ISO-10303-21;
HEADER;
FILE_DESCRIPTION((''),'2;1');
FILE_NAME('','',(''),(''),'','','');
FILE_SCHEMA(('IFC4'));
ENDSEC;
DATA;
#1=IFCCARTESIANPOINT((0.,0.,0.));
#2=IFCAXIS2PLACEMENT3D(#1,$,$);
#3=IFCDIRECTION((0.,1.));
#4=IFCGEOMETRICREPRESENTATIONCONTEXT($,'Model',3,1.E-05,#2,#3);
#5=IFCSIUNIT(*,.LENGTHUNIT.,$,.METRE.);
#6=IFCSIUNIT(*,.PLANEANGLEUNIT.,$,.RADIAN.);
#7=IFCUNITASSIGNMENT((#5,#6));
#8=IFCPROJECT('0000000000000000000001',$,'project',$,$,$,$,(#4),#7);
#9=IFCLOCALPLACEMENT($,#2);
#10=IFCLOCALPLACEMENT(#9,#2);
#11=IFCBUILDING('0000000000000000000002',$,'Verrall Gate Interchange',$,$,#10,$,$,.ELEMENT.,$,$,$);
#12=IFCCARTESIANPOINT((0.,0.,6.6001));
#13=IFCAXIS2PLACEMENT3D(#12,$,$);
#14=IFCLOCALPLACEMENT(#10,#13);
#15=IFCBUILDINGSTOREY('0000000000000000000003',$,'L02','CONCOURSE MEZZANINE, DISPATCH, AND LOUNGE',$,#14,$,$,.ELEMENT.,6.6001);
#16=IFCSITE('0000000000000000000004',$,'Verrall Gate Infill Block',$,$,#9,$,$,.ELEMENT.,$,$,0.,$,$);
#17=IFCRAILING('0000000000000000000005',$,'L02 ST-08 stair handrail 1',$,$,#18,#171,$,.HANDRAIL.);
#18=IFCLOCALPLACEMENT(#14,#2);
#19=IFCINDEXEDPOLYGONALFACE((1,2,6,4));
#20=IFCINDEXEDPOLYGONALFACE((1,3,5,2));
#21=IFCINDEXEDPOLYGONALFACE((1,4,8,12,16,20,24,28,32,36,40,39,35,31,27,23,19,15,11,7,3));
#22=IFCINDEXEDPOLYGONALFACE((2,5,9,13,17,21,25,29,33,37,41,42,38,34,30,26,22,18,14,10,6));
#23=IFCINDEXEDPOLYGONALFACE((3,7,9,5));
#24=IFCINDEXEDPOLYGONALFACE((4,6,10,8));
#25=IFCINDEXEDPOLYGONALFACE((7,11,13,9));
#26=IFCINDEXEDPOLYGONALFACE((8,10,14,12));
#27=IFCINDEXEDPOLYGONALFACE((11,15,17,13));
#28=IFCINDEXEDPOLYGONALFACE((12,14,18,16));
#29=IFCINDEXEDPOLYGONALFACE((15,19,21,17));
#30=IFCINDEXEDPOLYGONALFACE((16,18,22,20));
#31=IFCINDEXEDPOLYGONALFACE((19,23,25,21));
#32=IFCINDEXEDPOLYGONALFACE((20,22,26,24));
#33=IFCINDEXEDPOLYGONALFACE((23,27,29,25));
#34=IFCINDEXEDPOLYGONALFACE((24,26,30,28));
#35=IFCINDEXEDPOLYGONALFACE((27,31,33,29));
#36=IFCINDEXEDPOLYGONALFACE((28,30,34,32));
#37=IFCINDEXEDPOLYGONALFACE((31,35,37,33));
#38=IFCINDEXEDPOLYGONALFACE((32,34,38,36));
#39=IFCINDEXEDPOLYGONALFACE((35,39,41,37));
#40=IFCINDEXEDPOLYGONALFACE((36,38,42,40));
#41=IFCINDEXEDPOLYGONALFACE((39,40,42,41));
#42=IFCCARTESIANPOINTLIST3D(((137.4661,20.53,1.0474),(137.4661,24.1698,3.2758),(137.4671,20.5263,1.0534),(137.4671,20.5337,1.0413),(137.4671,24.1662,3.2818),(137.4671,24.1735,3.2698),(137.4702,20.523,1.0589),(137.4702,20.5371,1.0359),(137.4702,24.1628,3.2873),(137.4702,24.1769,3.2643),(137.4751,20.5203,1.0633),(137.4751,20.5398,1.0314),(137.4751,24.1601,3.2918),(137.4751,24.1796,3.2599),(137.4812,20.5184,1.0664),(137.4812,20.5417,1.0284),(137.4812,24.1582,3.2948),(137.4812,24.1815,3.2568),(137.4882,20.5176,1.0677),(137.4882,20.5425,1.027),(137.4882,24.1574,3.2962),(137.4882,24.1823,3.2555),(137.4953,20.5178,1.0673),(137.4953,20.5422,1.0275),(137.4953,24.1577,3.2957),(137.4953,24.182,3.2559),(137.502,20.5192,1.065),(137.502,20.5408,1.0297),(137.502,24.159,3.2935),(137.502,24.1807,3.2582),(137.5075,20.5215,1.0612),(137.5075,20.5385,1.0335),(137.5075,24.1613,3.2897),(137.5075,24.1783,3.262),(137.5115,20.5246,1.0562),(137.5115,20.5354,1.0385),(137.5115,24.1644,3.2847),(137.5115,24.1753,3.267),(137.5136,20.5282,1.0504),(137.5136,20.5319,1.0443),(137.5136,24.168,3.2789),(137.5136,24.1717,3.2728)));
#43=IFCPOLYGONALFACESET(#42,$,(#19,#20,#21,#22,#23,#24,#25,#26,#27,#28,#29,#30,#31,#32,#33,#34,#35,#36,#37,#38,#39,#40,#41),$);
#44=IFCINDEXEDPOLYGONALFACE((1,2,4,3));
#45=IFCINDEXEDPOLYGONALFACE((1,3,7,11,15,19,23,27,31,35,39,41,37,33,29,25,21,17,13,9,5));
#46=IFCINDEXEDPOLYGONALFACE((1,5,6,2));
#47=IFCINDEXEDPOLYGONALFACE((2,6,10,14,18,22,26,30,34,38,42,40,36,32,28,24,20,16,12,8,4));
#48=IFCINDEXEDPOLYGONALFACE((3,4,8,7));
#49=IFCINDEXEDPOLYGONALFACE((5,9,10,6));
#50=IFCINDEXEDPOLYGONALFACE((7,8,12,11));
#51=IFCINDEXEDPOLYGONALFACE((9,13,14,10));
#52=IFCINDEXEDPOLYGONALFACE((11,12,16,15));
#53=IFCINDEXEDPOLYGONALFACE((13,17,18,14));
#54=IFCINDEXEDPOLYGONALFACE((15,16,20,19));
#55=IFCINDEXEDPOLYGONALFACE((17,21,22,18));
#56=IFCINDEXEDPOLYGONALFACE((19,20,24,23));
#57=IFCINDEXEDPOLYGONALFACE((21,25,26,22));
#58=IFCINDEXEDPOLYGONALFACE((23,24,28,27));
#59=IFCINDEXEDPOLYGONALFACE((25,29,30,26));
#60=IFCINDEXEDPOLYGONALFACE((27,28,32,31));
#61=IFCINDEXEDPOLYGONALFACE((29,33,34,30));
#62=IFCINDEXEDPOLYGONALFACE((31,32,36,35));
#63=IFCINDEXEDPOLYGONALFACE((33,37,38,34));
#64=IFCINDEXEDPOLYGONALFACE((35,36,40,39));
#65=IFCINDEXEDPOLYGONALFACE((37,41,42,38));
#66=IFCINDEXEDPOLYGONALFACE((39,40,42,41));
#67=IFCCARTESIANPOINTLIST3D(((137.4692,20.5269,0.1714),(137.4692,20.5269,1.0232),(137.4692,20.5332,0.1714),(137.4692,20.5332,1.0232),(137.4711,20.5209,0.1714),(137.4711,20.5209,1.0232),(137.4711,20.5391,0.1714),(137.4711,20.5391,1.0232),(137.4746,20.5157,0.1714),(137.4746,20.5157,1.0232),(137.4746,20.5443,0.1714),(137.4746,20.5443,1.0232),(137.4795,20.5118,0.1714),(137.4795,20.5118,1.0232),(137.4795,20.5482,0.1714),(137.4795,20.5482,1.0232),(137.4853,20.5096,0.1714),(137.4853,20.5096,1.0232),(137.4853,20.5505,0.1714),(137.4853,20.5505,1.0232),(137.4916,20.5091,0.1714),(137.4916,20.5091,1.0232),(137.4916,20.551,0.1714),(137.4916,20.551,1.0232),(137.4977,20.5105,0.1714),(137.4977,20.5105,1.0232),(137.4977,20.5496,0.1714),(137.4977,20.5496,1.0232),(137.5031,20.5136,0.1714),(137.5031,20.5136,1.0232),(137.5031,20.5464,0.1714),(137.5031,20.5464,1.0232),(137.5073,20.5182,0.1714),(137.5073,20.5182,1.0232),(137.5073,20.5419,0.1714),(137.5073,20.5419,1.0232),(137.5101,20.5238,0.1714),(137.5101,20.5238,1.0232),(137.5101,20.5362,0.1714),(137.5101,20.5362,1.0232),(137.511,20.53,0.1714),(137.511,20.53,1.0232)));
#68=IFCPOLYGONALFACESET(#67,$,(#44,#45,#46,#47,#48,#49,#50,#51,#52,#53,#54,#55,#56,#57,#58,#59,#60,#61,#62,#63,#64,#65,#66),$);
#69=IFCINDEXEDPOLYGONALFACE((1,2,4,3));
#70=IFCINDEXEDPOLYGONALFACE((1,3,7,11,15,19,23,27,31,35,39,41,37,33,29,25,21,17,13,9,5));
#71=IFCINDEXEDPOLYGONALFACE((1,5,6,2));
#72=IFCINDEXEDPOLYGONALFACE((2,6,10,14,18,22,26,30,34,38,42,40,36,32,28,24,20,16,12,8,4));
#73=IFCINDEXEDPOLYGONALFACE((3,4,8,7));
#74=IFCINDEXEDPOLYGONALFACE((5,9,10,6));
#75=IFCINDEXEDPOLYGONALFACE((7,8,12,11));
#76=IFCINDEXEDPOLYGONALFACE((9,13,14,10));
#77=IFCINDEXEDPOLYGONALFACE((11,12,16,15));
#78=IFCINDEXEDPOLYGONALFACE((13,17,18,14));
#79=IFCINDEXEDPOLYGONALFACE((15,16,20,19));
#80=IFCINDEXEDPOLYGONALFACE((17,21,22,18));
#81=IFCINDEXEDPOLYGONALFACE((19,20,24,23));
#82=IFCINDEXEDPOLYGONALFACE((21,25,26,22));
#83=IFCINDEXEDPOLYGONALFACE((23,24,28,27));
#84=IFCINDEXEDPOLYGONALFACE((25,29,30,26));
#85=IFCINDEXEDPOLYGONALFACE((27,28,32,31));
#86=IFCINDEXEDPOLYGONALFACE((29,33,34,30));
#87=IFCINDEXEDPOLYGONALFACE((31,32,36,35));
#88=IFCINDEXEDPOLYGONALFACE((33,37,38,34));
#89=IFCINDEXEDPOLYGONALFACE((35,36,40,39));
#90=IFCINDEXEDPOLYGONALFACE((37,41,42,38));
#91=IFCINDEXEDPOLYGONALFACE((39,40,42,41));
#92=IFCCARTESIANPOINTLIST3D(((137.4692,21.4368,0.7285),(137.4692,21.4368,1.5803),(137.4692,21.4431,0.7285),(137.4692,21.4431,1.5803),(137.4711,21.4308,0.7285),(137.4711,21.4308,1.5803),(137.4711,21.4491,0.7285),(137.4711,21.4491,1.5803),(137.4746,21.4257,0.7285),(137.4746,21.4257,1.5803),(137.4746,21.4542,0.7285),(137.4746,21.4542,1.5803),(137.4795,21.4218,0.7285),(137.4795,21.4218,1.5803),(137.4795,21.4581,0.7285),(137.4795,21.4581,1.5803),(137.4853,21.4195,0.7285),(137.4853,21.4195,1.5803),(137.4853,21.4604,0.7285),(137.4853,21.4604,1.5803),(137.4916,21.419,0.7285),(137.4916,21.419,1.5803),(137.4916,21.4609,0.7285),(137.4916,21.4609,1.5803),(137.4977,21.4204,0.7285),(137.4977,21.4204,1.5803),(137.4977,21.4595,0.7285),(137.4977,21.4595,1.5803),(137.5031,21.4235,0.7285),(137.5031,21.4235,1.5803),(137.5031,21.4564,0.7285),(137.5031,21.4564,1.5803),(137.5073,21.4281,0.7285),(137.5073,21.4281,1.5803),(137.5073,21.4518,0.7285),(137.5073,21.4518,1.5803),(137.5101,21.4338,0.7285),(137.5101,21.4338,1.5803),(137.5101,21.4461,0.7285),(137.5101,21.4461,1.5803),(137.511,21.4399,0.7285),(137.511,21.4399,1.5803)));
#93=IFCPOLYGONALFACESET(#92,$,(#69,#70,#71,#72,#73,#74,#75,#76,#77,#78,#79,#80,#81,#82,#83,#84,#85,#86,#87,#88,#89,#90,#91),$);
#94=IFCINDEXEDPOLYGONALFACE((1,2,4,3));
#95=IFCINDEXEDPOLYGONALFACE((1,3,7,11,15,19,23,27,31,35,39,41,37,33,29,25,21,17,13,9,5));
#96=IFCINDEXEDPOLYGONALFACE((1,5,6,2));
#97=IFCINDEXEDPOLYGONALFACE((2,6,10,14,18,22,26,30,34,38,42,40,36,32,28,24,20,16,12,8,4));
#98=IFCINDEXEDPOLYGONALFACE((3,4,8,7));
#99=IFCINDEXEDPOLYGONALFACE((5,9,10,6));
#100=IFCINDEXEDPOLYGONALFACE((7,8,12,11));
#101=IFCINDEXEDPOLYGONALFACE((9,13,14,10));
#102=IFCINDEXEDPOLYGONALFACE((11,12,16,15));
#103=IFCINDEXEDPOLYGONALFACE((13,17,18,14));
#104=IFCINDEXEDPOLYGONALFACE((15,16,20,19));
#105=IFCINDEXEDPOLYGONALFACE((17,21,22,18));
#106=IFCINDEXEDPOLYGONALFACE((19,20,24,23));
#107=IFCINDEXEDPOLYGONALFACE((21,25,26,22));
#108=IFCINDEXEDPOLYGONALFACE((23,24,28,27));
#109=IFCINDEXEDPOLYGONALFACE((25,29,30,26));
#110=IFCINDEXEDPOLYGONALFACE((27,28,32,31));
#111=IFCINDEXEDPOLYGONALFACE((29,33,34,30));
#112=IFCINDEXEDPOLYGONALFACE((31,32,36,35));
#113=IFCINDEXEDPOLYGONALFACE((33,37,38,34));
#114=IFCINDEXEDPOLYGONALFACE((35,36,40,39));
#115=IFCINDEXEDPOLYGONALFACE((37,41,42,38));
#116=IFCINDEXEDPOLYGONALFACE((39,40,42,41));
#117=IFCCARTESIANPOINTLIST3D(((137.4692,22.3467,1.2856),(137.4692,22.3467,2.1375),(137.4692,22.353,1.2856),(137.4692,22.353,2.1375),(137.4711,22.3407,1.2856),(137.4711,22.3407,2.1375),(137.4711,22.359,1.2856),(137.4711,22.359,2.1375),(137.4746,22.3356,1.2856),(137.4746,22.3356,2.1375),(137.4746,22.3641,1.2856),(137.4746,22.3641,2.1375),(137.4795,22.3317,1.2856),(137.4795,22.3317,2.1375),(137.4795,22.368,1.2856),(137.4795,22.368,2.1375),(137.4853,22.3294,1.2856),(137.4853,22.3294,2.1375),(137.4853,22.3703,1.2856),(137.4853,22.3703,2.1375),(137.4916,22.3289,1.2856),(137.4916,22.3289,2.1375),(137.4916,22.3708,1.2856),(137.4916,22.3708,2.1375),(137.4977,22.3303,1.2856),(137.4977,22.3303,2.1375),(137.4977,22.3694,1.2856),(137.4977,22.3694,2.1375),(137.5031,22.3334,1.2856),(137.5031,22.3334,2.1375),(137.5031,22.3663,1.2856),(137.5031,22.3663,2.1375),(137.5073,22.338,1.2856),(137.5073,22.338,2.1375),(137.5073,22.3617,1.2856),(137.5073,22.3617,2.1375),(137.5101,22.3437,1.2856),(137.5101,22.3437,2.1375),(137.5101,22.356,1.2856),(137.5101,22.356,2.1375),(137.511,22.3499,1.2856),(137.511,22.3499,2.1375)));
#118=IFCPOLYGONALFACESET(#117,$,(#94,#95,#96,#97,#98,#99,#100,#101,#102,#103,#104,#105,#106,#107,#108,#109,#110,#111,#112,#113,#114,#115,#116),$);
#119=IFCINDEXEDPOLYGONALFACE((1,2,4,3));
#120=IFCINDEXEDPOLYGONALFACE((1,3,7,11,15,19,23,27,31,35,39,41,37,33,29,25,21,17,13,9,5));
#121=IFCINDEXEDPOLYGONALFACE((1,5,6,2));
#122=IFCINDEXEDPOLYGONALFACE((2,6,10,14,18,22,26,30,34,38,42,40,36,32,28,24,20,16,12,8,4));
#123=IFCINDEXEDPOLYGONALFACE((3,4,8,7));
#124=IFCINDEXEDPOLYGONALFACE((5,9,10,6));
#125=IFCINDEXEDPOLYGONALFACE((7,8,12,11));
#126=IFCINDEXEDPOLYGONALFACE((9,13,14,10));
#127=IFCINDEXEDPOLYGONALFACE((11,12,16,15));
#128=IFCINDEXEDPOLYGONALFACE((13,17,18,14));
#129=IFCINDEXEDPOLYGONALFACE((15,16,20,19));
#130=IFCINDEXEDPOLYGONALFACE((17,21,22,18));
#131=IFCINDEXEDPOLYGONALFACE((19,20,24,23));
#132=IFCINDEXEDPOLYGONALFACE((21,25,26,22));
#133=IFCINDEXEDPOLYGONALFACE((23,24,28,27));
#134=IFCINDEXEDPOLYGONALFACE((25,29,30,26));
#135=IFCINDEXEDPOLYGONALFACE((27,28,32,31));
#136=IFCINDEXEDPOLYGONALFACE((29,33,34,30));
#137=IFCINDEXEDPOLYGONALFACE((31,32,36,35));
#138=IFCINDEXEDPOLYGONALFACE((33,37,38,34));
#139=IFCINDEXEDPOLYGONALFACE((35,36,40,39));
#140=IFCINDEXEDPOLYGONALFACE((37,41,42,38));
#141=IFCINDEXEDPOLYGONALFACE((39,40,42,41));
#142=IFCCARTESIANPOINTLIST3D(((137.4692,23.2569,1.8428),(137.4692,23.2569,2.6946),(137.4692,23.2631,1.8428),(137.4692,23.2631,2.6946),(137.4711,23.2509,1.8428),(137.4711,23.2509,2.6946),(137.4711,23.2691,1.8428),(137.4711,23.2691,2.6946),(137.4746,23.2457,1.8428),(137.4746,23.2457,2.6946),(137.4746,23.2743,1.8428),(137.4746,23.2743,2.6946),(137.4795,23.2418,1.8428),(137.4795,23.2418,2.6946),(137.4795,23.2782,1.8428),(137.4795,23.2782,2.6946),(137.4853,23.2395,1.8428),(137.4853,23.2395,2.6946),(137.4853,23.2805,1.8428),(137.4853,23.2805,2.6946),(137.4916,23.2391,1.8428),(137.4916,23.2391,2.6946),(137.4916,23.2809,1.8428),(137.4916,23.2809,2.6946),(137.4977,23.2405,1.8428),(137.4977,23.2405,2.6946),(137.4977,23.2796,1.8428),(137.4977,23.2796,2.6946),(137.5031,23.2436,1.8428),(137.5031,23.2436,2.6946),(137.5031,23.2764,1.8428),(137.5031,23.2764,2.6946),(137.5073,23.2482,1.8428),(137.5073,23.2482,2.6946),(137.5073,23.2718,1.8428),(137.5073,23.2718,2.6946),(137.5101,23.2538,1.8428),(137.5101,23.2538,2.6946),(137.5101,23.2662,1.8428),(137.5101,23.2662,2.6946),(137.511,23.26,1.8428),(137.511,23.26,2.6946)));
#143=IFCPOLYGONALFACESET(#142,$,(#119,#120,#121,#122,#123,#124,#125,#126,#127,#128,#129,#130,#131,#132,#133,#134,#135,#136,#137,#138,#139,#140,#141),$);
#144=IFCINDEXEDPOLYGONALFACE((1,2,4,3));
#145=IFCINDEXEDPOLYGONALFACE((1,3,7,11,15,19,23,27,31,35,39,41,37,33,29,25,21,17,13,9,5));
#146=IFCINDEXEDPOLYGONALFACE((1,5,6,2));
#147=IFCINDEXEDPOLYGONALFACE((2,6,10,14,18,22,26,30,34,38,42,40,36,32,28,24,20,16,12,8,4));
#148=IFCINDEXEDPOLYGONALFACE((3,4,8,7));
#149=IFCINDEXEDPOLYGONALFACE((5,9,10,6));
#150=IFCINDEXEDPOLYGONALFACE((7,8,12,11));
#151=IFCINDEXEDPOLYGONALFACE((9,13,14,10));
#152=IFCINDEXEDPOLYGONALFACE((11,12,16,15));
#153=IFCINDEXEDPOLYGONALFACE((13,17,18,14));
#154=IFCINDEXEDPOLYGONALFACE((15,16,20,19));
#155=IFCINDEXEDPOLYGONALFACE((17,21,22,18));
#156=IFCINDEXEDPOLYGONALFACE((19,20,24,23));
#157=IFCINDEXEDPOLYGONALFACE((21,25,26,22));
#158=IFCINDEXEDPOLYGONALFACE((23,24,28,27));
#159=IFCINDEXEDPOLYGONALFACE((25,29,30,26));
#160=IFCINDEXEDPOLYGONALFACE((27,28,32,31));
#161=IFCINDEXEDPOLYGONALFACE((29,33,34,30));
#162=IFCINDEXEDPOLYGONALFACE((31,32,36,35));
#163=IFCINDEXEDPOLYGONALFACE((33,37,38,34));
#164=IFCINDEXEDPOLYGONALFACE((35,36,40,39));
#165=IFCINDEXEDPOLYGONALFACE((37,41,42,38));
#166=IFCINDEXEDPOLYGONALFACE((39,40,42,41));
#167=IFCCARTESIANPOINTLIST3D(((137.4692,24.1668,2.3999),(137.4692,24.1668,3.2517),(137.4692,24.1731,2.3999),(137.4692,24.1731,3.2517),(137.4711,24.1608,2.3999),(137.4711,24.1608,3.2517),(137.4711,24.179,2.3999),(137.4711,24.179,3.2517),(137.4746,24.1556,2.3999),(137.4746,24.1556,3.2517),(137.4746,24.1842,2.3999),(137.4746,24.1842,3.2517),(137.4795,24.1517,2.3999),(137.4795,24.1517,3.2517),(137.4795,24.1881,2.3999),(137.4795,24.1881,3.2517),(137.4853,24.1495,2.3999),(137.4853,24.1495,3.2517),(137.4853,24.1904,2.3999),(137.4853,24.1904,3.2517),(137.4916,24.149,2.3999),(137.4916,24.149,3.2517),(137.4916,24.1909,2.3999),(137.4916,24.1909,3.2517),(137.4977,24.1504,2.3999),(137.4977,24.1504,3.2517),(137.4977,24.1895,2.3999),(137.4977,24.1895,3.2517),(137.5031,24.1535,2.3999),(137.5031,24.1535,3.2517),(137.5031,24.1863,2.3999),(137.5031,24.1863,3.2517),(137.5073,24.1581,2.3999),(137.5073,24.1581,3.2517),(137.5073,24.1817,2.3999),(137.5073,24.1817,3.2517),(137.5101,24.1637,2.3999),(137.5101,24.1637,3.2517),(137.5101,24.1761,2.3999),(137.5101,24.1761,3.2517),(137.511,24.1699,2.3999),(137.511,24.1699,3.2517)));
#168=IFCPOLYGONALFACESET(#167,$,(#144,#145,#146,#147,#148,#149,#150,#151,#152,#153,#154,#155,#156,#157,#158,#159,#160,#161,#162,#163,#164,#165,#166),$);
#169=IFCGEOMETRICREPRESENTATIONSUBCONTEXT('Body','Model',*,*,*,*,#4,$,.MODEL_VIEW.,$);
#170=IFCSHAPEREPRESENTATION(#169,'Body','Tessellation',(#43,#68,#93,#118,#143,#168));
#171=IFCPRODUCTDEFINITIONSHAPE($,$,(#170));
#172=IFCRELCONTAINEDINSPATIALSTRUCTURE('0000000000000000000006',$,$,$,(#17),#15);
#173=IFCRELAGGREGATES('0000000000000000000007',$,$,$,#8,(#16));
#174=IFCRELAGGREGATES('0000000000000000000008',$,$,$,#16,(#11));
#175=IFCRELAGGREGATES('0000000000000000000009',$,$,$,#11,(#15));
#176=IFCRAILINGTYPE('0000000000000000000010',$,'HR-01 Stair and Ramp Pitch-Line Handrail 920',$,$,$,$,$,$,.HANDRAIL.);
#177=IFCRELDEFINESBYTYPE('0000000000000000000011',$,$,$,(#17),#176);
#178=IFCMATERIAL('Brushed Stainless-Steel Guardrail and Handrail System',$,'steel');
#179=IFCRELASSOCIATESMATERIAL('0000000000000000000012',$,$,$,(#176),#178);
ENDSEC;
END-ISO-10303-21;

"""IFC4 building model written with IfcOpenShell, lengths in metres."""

from ifc_helpers import new_model, si_unit, direction, frame, origin, origin_2d, place, context, subcontext, project, spatial, circle, extrude, material, type_object, element, save


model = new_model("IFC4")

# Units and contexts
model_context = context("Model", 3, precision=1e-05, world=origin(), true_north=direction((0.0, 1.0)))
body_context = subcontext(model_context, "Body", "Model", "MODEL_VIEW")
ifc_project = project(units=[si_unit("LENGTHUNIT", "METRE"), si_unit("PLANEANGLEUNIT", "RADIAN")], contexts=[model_context])

# Site, building, storey
site_placement = place(None, origin())
site = spatial("IfcSite", under=ifc_project, at=site_placement, Name="Verrall Gate Infill Block", CompositionType="ELEMENT", RefElevation=0.0)
building_placement = place(site_placement, origin())
building = spatial("IfcBuilding", under=site, at=building_placement, Name="Verrall Gate Interchange", CompositionType="ELEMENT")
storey_placement = place(building_placement, frame((0.0, 0.0, 6.6001)))
storey = spatial("IfcBuildingStorey", under=building, at=storey_placement, Name="L02", Description="CONCOURSE MEZZANINE, DISPATCH, AND LOUNGE", CompositionType="ELEMENT", Elevation=6.6001)

# Railing
ifc_material_1 = material(Name="Brushed Stainless-Steel Guardrail and Handrail System", Category="steel")
railing_type = type_object("IfcRailingType", Name="HR-01 Stair and Ramp Pitch-Line Handrail 920", PredefinedType="HANDRAIL", material=ifc_material_1)
railing_placement = place(storey_placement, frame((137.49, 20.53, 0.1714)))
element("IfcRailing", 1, at=railing_placement, inside=storey, type_object=railing_type, Name="L02 ST-08 stair handrail 1", PredefinedType="HANDRAIL", context=body_context, shape_type="SweptSolid", body=[
    extrude(circle(Radius=0.0239, at=origin_2d()), frame((0.0, 0.0, 0.876), z_axis=(0.0, 0.85285, 0.522156), x_axis=(-1.0, 0.0, 0.0)), (0.0, 0.0, 1.0), 4.2678),
    extrude(circle(Radius=0.021, at=origin_2d()), origin(), (0.0, 0.0, 1.0), 0.8518),
    extrude(circle(Radius=0.021, at=origin_2d()), frame((0.0, 0.9099, 0.5571)), (0.0, 0.0, 1.0), 0.8518),
    extrude(circle(Radius=0.021, at=origin_2d()), frame((0.0, 1.8198, 1.1143)), (0.0, 0.0, 1.0), 0.8518),
    extrude(circle(Radius=0.021, at=origin_2d()), frame((0.0, 2.73, 1.6714)), (0.0, 0.0, 1.0), 0.8518),
    extrude(circle(Radius=0.021, at=origin_2d()), frame((0.0, 3.6399, 2.2285)), (0.0, 0.0, 1.0), 0.8518),
])

save(model, "model.ifc")
